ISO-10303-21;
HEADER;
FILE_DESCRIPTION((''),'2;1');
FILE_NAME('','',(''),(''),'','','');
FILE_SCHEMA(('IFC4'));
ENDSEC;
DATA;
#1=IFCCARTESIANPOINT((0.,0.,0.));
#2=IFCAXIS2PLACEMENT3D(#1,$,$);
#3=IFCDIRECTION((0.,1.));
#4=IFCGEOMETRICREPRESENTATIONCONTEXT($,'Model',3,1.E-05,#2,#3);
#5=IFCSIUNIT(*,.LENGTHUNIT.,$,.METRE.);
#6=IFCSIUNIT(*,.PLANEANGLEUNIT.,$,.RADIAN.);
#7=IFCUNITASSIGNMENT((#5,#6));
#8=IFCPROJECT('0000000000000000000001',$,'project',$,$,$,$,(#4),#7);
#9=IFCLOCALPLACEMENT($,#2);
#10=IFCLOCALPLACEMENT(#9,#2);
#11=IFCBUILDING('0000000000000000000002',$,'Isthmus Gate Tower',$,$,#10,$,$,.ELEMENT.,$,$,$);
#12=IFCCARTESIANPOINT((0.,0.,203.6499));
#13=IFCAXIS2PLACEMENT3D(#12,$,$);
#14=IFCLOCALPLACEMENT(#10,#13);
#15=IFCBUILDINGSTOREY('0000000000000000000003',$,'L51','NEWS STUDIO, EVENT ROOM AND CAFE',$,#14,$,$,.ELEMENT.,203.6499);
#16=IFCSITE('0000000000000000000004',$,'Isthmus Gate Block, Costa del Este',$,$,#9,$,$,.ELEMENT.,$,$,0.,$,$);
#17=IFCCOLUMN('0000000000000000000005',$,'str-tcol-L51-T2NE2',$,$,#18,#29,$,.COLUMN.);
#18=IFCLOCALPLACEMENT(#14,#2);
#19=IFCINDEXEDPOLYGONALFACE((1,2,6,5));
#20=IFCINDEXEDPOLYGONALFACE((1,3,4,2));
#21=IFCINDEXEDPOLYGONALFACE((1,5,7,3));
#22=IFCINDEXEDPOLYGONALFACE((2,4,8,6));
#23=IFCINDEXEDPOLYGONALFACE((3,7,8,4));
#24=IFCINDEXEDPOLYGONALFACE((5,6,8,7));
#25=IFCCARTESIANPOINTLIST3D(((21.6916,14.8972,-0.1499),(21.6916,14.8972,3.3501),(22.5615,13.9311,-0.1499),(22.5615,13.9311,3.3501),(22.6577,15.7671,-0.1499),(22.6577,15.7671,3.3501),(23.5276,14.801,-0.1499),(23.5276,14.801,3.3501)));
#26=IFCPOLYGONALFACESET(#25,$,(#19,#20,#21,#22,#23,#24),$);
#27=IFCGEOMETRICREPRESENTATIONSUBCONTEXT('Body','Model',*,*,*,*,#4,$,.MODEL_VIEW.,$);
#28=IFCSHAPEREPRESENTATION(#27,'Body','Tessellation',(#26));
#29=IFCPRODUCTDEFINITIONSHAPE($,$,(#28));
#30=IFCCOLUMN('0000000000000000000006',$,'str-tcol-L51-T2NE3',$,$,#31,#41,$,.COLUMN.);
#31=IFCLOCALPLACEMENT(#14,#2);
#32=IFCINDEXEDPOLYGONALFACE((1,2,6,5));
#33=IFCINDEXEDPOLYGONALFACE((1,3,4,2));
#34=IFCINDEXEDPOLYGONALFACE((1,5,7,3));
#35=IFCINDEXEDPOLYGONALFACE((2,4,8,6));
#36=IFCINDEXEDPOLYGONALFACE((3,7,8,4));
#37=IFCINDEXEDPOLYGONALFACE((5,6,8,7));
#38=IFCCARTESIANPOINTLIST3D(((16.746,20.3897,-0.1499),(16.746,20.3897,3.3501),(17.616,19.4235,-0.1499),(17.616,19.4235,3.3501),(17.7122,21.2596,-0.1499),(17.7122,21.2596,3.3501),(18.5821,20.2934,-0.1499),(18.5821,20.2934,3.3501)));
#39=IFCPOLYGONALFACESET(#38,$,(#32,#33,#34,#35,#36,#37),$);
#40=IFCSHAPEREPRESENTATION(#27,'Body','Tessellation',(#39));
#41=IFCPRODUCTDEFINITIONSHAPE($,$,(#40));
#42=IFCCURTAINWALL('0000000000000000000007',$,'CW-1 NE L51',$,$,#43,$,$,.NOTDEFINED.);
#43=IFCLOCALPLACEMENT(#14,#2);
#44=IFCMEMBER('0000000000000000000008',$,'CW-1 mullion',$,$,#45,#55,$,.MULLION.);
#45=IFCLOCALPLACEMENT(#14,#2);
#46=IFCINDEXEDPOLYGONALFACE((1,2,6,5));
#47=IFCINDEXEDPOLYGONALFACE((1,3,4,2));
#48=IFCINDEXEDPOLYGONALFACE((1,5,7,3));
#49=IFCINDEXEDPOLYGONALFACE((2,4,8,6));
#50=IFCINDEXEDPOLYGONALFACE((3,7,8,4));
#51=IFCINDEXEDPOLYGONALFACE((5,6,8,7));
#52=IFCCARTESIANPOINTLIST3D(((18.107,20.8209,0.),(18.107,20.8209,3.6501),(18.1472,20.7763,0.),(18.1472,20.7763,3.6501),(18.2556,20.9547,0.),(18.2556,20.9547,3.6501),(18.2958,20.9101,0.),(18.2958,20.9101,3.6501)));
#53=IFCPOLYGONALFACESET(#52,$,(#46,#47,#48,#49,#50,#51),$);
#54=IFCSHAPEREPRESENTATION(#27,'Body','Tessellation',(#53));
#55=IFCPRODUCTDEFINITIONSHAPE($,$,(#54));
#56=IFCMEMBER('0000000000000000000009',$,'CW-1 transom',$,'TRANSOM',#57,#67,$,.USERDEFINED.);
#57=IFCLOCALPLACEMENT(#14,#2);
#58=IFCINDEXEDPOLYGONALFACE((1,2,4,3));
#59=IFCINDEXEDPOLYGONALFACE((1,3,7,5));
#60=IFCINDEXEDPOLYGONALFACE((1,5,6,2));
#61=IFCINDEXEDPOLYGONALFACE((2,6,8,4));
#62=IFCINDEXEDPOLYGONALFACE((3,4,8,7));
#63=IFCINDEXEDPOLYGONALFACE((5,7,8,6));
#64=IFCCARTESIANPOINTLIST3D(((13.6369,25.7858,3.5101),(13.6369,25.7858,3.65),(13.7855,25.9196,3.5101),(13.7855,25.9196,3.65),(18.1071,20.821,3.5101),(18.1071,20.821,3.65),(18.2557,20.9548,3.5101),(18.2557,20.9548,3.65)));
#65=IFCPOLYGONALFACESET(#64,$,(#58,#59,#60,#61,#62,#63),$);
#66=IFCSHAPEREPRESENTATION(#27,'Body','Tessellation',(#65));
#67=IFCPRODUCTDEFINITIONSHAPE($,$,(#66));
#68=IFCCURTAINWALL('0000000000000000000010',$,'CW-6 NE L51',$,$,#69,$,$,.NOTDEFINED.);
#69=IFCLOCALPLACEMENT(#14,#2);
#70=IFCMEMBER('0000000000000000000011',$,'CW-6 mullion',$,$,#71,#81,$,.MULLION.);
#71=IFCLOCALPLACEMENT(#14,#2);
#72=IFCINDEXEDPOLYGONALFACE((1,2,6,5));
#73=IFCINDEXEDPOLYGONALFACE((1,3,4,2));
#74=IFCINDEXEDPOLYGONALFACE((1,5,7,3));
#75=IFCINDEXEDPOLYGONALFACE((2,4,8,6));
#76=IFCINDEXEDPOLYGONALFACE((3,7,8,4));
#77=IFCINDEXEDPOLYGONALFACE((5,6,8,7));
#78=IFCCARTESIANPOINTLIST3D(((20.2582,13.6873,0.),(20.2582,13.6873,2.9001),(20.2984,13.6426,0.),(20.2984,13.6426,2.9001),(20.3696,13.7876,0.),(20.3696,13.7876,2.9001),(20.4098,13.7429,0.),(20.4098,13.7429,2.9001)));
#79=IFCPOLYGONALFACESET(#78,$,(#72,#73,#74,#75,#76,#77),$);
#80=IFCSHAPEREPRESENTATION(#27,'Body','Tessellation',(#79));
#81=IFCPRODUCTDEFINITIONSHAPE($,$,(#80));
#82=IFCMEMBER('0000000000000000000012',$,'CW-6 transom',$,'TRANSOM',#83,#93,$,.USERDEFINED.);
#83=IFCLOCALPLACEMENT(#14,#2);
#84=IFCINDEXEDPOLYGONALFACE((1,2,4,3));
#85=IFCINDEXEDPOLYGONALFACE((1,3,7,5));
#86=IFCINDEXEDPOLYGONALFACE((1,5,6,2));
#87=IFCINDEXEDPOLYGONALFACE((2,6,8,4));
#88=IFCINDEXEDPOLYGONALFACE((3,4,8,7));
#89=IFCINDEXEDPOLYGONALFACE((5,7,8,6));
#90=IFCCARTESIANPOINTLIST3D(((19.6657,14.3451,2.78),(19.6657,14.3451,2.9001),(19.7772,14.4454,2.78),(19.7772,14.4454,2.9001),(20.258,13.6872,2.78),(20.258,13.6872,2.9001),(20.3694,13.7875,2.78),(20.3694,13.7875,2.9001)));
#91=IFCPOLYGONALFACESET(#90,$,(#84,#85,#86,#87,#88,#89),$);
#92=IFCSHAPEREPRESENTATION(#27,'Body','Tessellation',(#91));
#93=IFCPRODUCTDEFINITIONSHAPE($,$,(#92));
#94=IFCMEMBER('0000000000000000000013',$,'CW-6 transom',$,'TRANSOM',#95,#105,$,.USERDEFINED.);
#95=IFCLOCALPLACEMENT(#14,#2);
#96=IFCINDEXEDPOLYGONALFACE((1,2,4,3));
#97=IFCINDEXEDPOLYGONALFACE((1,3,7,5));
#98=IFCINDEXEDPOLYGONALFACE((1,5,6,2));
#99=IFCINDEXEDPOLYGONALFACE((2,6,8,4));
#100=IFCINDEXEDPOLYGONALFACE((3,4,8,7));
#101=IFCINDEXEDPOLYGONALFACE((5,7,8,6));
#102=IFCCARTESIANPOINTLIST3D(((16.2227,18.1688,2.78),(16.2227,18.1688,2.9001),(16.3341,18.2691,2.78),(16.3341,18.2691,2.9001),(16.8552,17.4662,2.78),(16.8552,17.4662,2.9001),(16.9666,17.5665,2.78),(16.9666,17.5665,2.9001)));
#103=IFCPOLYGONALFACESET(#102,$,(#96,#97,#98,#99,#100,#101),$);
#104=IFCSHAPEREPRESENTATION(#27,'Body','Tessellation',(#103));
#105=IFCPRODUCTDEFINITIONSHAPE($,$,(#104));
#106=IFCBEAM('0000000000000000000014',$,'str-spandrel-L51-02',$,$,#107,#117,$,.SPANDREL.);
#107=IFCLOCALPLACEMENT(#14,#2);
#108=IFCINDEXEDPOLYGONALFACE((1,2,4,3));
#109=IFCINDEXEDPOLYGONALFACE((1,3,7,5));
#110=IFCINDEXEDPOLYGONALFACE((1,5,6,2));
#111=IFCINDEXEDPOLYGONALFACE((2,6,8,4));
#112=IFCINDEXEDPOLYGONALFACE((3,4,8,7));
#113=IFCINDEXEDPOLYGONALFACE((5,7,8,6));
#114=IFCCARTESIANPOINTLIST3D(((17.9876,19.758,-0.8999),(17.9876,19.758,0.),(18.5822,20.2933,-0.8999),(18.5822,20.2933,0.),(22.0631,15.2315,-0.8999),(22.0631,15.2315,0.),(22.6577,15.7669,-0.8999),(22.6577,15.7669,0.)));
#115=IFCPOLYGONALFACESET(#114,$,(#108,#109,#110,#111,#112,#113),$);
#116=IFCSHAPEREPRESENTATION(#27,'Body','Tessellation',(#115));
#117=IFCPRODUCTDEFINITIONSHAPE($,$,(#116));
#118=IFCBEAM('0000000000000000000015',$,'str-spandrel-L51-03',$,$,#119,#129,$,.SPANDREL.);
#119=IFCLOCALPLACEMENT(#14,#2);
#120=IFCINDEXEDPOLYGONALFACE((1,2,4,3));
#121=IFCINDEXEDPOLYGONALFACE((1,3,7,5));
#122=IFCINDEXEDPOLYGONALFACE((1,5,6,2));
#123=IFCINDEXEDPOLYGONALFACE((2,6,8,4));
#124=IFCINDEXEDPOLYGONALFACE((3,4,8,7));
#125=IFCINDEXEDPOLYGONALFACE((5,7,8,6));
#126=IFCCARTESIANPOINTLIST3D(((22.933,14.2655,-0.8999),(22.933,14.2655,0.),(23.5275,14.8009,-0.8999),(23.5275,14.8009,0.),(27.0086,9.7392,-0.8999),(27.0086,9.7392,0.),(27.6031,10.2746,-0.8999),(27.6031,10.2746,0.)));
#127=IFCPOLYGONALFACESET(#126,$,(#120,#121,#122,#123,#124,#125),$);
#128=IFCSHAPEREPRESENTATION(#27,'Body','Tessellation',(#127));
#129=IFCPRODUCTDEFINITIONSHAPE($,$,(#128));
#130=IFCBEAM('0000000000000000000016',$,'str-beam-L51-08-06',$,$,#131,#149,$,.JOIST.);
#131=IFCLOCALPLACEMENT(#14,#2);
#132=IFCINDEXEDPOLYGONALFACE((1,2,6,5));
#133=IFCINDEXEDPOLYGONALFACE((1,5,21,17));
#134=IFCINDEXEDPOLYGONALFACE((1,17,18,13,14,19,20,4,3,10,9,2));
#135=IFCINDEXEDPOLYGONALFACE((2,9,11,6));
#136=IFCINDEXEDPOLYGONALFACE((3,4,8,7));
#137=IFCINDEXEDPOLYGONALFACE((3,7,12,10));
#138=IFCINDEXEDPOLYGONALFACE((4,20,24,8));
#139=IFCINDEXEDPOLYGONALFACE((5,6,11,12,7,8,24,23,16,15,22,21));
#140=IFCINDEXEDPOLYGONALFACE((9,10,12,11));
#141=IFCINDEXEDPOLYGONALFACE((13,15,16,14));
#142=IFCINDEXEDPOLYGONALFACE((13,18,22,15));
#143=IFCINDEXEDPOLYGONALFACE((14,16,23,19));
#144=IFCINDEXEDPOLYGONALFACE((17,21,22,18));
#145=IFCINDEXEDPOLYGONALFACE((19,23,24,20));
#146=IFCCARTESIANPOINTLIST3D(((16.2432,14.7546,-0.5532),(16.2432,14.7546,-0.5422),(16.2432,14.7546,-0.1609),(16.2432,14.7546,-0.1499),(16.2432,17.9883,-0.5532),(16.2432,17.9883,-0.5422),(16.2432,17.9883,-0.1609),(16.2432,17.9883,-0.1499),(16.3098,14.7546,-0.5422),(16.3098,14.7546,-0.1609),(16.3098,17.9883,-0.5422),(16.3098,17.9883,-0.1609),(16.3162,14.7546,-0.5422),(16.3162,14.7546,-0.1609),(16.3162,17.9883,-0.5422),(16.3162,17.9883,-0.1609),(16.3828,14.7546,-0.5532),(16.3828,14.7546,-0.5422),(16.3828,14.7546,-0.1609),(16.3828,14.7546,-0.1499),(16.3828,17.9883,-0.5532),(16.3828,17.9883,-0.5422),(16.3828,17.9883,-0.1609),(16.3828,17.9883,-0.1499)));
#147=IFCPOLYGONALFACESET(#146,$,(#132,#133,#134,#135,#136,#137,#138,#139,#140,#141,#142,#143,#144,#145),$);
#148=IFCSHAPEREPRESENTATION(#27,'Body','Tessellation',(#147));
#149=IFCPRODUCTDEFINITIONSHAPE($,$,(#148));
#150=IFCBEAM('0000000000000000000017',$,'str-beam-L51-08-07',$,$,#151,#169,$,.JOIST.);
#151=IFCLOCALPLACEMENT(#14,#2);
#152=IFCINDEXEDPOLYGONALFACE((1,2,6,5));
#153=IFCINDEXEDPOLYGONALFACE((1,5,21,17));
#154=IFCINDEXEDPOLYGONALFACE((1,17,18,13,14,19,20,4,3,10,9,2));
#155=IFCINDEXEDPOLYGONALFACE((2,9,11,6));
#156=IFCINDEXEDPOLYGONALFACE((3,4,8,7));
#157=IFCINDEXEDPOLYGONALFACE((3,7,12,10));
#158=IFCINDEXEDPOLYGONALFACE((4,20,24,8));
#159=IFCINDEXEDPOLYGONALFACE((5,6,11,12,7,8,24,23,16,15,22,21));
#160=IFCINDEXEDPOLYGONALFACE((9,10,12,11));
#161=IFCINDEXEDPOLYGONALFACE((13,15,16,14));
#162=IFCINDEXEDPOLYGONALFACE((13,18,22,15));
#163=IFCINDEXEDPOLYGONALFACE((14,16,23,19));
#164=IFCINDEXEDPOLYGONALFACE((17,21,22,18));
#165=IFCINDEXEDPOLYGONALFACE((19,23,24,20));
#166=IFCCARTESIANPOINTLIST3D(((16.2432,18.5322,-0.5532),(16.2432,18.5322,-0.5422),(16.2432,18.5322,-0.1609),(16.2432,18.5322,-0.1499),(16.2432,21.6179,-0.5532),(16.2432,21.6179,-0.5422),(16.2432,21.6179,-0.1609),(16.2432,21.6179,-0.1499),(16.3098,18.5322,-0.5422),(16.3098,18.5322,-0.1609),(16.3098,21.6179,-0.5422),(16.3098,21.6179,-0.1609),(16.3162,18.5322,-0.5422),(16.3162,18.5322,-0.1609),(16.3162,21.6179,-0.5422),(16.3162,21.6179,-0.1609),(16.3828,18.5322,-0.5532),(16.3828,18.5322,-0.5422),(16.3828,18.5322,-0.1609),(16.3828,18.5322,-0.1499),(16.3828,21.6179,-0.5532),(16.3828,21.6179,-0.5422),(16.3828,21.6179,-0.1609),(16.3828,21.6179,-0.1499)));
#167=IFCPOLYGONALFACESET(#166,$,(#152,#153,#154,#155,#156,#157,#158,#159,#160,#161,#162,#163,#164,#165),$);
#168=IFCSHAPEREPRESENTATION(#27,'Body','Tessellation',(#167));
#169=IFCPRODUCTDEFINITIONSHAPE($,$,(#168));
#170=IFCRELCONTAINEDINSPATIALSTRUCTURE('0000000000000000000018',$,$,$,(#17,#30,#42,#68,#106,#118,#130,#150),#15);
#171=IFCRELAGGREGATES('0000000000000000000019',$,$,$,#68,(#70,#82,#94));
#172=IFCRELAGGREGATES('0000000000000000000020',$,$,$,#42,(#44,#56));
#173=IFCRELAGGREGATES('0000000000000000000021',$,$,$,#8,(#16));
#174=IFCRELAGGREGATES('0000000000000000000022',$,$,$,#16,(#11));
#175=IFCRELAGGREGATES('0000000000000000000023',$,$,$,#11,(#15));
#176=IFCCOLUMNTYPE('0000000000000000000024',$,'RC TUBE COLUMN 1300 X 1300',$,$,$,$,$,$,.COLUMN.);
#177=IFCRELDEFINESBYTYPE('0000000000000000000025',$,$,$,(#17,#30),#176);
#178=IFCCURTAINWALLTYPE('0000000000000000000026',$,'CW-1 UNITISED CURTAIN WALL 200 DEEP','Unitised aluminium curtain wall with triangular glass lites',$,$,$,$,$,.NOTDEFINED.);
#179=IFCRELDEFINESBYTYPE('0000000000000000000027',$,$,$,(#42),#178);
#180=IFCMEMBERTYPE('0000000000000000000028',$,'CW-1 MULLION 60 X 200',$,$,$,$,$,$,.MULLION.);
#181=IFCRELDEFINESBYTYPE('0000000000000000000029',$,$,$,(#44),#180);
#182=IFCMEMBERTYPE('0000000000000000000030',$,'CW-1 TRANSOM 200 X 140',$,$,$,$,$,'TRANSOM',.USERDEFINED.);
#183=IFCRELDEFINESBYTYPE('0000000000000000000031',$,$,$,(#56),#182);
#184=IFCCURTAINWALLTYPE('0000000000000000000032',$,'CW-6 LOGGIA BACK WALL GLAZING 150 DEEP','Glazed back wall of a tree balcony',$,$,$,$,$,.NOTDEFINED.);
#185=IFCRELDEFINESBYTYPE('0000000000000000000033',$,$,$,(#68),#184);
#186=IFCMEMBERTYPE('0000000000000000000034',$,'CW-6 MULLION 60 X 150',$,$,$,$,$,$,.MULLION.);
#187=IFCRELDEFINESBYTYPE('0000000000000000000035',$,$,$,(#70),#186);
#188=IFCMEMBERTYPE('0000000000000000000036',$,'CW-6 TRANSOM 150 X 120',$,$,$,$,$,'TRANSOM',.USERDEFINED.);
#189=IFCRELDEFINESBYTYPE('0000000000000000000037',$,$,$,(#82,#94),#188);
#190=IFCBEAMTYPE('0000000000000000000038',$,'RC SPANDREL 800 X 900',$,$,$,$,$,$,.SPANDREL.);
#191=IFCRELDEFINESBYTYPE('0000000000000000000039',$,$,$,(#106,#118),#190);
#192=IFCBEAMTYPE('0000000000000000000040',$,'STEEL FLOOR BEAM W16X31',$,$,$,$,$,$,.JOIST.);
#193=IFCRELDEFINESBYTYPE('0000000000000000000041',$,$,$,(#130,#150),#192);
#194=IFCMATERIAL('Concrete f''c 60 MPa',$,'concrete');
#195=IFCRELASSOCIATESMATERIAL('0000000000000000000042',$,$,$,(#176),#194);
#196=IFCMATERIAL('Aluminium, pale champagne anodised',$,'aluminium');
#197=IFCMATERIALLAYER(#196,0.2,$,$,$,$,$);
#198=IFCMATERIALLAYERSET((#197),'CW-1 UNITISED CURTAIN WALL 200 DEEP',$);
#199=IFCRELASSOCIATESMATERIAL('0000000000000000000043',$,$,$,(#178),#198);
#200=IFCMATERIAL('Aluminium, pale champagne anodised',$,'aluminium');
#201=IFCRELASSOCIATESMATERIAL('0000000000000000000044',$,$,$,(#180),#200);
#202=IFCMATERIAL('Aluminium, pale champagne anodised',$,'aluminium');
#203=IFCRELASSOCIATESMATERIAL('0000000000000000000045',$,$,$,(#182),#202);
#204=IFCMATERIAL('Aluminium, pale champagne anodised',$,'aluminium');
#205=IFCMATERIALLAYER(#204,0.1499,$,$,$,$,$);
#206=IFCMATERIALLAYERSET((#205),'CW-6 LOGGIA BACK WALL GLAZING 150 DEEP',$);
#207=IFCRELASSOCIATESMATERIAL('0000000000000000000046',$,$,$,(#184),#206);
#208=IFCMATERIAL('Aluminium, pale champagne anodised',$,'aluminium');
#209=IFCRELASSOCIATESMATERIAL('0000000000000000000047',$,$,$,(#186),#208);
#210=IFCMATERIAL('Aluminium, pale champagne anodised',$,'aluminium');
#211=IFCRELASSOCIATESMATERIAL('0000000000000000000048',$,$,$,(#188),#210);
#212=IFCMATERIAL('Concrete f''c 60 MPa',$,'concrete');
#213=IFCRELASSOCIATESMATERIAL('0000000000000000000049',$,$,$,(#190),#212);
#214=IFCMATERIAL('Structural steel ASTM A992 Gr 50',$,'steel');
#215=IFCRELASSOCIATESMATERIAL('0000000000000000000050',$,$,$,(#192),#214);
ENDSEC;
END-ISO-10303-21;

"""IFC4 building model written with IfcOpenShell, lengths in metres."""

from ifc_helpers import new_model, si_unit, direction, frame, origin, origin_2d, place, context, subcontext, project, spatial, rectangle, i_section, extrude, material, layer, layer_set, material_profile, profile_set, type_object, element, aggregate, save


model = new_model("IFC4")

# Units and contexts
model_context = context("Model", 3, precision=1e-05, world=origin(), true_north=direction((0.0, 1.0)))
body_context = subcontext(model_context, "Body", "Model", "MODEL_VIEW")
ifc_project = project(units=[si_unit("LENGTHUNIT", "METRE"), si_unit("PLANEANGLEUNIT", "RADIAN")], contexts=[model_context])

# Site, building, storey
site_placement = place(None, origin())
site = spatial("IfcSite", under=ifc_project, at=site_placement, Name="Isthmus Gate Block, Costa del Este", CompositionType="ELEMENT", RefElevation=0.0)
building_placement = place(site_placement, origin())
building = spatial("IfcBuilding", under=site, at=building_placement, Name="Isthmus Gate Tower", CompositionType="ELEMENT")
storey_placement = place(building_placement, frame((0.0, 0.0, 203.6499)))
storey = spatial("IfcBuildingStorey", under=building, at=storey_placement, Name="L51", Description="NEWS STUDIO, EVENT ROOM AND CAFE", CompositionType="ELEMENT", Elevation=203.6499)

# Columns
ifc_material_1 = material(Name="Concrete f'c 60 MPa", Category="concrete")
ifc_material_profile_1 = material_profile(ifc_material_1, rectangle(XDim=1.3, YDim=1.3, at=origin_2d()), Name="RC 1300X1300")
ifc_profile_set_1 = profile_set([ifc_material_profile_1], Name="Concrete f'c 60 MPa")
column_type = type_object("IfcColumnType", Name="RC TUBE COLUMN 1300 X 1300", PredefinedType="COLUMN", material=ifc_profile_set_1)
for number, where, z_axis, x_axis, name in (
    (1, (22.6096, 14.8491, -0.1499), (0.0, 0.0, 1.0), (-0.669131, 0.743145, 0.0), "str-tcol-L51-T2NE2"),
    (2, (17.6641, 20.3416, -0.1499), (0.0, 0.0, 1.0), (-0.669131, 0.743145, 0.0), "str-tcol-L51-T2NE3"),
):
    element("IfcColumn", number, at=place(storey_placement, frame(where, z_axis=z_axis, x_axis=x_axis)), inside=storey, type_object=column_type, Name=name, PredefinedType="COLUMN", context=body_context, shape_type="SweptSolid", body=[
        extrude(rectangle(XDim=1.3, YDim=1.3, at=origin_2d()), origin(), (0.0, 0.0, 1.0), 3.5),
    ])

# Curtain walls, members
ifc_material_2 = material(Name="Aluminium, pale champagne anodised", Category="aluminium")
ifc_layer_1 = layer(ifc_material_2, 0.2)
ifc_layer_set_1 = layer_set([ifc_layer_1], Name="CW-1 UNITISED CURTAIN WALL 200 DEEP")
curtain_wall_type_1 = type_object("IfcCurtainWallType", Name="CW-1 UNITISED CURTAIN WALL 200 DEEP", Description="Unitised aluminium curtain wall with triangular glass lites", PredefinedType="NOTDEFINED", material=ifc_layer_set_1)
curtain_wall_1_placement = place(storey_placement, origin())
curtain_wall_1 = element("IfcCurtainWall", 3, at=curtain_wall_1_placement, inside=storey, type_object=curtain_wall_type_1, Name="CW-1 NE L51", PredefinedType="NOTDEFINED")
ifc_material_3 = material(Name="Aluminium, pale champagne anodised", Category="aluminium")
ifc_material_profile_2 = material_profile(ifc_material_3, rectangle(XDim=0.0601, YDim=0.2, at=origin_2d()), Name="60x200")
ifc_profile_set_2 = profile_set([ifc_material_profile_2], Name="Aluminium, pale champagne anodised")
member_type_1 = type_object("IfcMemberType", Name="CW-1 MULLION 60 X 200", PredefinedType="MULLION", material=ifc_profile_set_2)
member_1_placement = place(storey_placement, frame((18.2014, 20.8655, 0.0), z_axis=(0.0, 0.0, 1.0), x_axis=(-0.669131, 0.743145, 0.0)))
member_1 = element("IfcMember", 4, at=member_1_placement, type_object=member_type_1, Name="CW-1 mullion", PredefinedType="MULLION", context=body_context, shape_type="SweptSolid", body=[
    extrude(rectangle(XDim=0.0601, YDim=0.2, at=origin_2d()), origin(), (0.0, 0.0, 1.0), 3.6501),
])
ifc_material_4 = material(Name="Aluminium, pale champagne anodised", Category="aluminium")
ifc_material_profile_3 = material_profile(ifc_material_4, rectangle(XDim=0.2, YDim=0.1399, at=origin_2d()), Name="200x140")
ifc_profile_set_3 = profile_set([ifc_material_profile_3], Name="Aluminium, pale champagne anodised")
member_type_2 = type_object("IfcMemberType", Name="CW-1 TRANSOM 200 X 140", ElementType="TRANSOM", PredefinedType="USERDEFINED", material=ifc_profile_set_3)
member_2_placement = place(storey_placement, frame((18.1814, 20.8879, 3.5801), z_axis=(-0.669118, 0.743156, 0.0), x_axis=(-0.743156, -0.669118, 0.0)))
member_2 = element("IfcMember", 5, at=member_2_placement, type_object=member_type_2, Name="CW-1 transom", ObjectType="TRANSOM", PredefinedType="USERDEFINED", context=body_context, shape_type="SweptSolid", body=[
    extrude(rectangle(XDim=0.2, YDim=0.1399, at=origin_2d()), origin(), (0.0, 0.0, 1.0), 6.6807),
])
ifc_material_5 = material(Name="Aluminium, pale champagne anodised", Category="aluminium")
ifc_layer_2 = layer(ifc_material_5, 0.1499)
ifc_layer_set_2 = layer_set([ifc_layer_2], Name="CW-6 LOGGIA BACK WALL GLAZING 150 DEEP")
curtain_wall_type_2 = type_object("IfcCurtainWallType", Name="CW-6 LOGGIA BACK WALL GLAZING 150 DEEP", Description="Glazed back wall of a tree balcony", PredefinedType="NOTDEFINED", material=ifc_layer_set_2)
curtain_wall_2_placement = place(storey_placement, origin())
curtain_wall_2 = element("IfcCurtainWall", 6, at=curtain_wall_2_placement, inside=storey, type_object=curtain_wall_type_2, Name="CW-6 NE L51", PredefinedType="NOTDEFINED")
ifc_material_6 = material(Name="Aluminium, pale champagne anodised", Category="aluminium")
ifc_material_profile_4 = material_profile(ifc_material_6, rectangle(XDim=0.0601, YDim=0.1499, at=origin_2d()), Name="60x150")
ifc_profile_set_4 = profile_set([ifc_material_profile_4], Name="Aluminium, pale champagne anodised")
member_type_3 = type_object("IfcMemberType", Name="CW-6 MULLION 60 X 150", PredefinedType="MULLION", material=ifc_profile_set_4)
member_3_placement = place(storey_placement, frame((20.334, 13.7151, 0.0), z_axis=(0.0, 0.0, 1.0), x_axis=(-0.669131, 0.743145, 0.0)))
member_3 = element("IfcMember", 7, at=member_3_placement, type_object=member_type_3, Name="CW-6 mullion", PredefinedType="MULLION", context=body_context, shape_type="SweptSolid", body=[
    extrude(rectangle(XDim=0.0601, YDim=0.1499, at=origin_2d()), origin(), (0.0, 0.0, 1.0), 2.9001),
])
ifc_material_7 = material(Name="Aluminium, pale champagne anodised", Category="aluminium")
ifc_material_profile_5 = material_profile(ifc_material_7, rectangle(XDim=0.1499, YDim=0.1201, at=origin_2d()), Name="150x120")
ifc_profile_set_5 = profile_set([ifc_material_profile_5], Name="Aluminium, pale champagne anodised")
member_type_4 = type_object("IfcMemberType", Name="CW-6 TRANSOM 150 X 120", ElementType="TRANSOM", PredefinedType="USERDEFINED", material=ifc_profile_set_5)
member_4_placement = place(storey_placement, frame((20.3137, 13.7373, 2.8401), z_axis=(-0.669041, 0.743226, 0.0), x_axis=(-0.743226, -0.669041, 0.0)))
member_4 = element("IfcMember", 8, at=member_4_placement, type_object=member_type_4, Name="CW-6 transom", ObjectType="TRANSOM", PredefinedType="USERDEFINED", context=body_context, shape_type="SweptSolid", body=[
    extrude(rectangle(XDim=0.1499, YDim=0.1201, at=origin_2d()), origin(), (0.0, 0.0, 1.0), 0.8853),
])
member_5_placement = place(storey_placement, frame((16.9109, 17.5164, 2.8401), z_axis=(-0.669079, 0.743191, 0.0), x_axis=(-0.743191, -0.669079, 0.0)))
member_5 = element("IfcMember", 9, at=member_5_placement, type_object=member_type_4, Name="CW-6 transom", ObjectType="TRANSOM", PredefinedType="USERDEFINED", context=body_context, shape_type="SweptSolid", body=[
    extrude(rectangle(XDim=0.1499, YDim=0.1201, at=origin_2d()), origin(), (0.0, 0.0, 1.0), 0.9453),
])

# Beams
ifc_material_8 = material(Name="Concrete f'c 60 MPa", Category="concrete")
ifc_material_profile_6 = material_profile(ifc_material_8, rectangle(XDim=0.8, YDim=0.8999, at=origin_2d()), Name="RC 800X900")
ifc_profile_set_6 = profile_set([ifc_material_profile_6], Name="Concrete f'c 60 MPa")
beam_type_1 = type_object("IfcBeamType", Name="RC SPANDREL 800 X 900", PredefinedType="SPANDREL", material=ifc_profile_set_6)
for number, where, z_axis, x_axis, name in (
    (10, (18.2849, 20.0256, -0.45), (0.66912, -0.743155, 0.0), (0.743155, 0.66912, 0.0), "str-spandrel-L51-02"),
    (11, (23.2302, 14.5332, -0.45), (0.669142, -0.743135, 0.0), (0.743135, 0.669142, 0.0), "str-spandrel-L51-03"),
):
    element("IfcBeam", number, at=place(storey_placement, frame(where, z_axis=z_axis, x_axis=x_axis)), inside=storey, type_object=beam_type_1, Name=name, PredefinedType="SPANDREL", context=body_context, shape_type="SweptSolid", body=[
        extrude(rectangle(XDim=0.8, YDim=0.8999, at=origin_2d()), origin(), (0.0, 0.0, 1.0), 6.0908),
    ])
ifc_material_9 = material(Name="Structural steel ASTM A992 Gr 50", Category="steel")
ifc_material_profile_7 = material_profile(ifc_material_9, i_section(OverallWidth=0.1396, OverallDepth=0.4033, WebThickness=0.0063, FlangeThickness=0.011, at=origin_2d()), Name="W16X31")
ifc_profile_set_7 = profile_set([ifc_material_profile_7], Name="Structural steel ASTM A992 Gr 50")
beam_type_2 = type_object("IfcBeamType", Name="STEEL FLOOR BEAM W16X31", PredefinedType="JOIST", material=ifc_profile_set_7)
beam_1_placement = place(storey_placement, frame((16.313, 14.7546, -0.3516), z_axis=(0.0, 1.0, 0.0), x_axis=(-1.0, 0.0, 0.0)))
element("IfcBeam", 12, at=beam_1_placement, inside=storey, type_object=beam_type_2, Name="str-beam-L51-08-06", PredefinedType="JOIST", context=body_context, shape_type="SweptSolid", body=[
    extrude(i_section(OverallWidth=0.1396, OverallDepth=0.4033, WebThickness=0.0063, FlangeThickness=0.011, at=origin_2d()), origin(), (0.0, 0.0, 1.0), 3.2336),
])
beam_2_placement = place(storey_placement, frame((16.313, 18.5322, -0.3516), z_axis=(0.0, 1.0, 0.0), x_axis=(-1.0, 0.0, 0.0)))
element("IfcBeam", 13, at=beam_2_placement, inside=storey, type_object=beam_type_2, Name="str-beam-L51-08-07", PredefinedType="JOIST", context=body_context, shape_type="SweptSolid", body=[
    extrude(i_section(OverallWidth=0.1396, OverallDepth=0.4033, WebThickness=0.0063, FlangeThickness=0.011, at=origin_2d()), origin(), (0.0, 0.0, 1.0), 3.0857),
])

aggregate(curtain_wall_2, [member_3, member_4, member_5])

aggregate(curtain_wall_1, [member_1, member_2])

save(model, "model.ifc")
